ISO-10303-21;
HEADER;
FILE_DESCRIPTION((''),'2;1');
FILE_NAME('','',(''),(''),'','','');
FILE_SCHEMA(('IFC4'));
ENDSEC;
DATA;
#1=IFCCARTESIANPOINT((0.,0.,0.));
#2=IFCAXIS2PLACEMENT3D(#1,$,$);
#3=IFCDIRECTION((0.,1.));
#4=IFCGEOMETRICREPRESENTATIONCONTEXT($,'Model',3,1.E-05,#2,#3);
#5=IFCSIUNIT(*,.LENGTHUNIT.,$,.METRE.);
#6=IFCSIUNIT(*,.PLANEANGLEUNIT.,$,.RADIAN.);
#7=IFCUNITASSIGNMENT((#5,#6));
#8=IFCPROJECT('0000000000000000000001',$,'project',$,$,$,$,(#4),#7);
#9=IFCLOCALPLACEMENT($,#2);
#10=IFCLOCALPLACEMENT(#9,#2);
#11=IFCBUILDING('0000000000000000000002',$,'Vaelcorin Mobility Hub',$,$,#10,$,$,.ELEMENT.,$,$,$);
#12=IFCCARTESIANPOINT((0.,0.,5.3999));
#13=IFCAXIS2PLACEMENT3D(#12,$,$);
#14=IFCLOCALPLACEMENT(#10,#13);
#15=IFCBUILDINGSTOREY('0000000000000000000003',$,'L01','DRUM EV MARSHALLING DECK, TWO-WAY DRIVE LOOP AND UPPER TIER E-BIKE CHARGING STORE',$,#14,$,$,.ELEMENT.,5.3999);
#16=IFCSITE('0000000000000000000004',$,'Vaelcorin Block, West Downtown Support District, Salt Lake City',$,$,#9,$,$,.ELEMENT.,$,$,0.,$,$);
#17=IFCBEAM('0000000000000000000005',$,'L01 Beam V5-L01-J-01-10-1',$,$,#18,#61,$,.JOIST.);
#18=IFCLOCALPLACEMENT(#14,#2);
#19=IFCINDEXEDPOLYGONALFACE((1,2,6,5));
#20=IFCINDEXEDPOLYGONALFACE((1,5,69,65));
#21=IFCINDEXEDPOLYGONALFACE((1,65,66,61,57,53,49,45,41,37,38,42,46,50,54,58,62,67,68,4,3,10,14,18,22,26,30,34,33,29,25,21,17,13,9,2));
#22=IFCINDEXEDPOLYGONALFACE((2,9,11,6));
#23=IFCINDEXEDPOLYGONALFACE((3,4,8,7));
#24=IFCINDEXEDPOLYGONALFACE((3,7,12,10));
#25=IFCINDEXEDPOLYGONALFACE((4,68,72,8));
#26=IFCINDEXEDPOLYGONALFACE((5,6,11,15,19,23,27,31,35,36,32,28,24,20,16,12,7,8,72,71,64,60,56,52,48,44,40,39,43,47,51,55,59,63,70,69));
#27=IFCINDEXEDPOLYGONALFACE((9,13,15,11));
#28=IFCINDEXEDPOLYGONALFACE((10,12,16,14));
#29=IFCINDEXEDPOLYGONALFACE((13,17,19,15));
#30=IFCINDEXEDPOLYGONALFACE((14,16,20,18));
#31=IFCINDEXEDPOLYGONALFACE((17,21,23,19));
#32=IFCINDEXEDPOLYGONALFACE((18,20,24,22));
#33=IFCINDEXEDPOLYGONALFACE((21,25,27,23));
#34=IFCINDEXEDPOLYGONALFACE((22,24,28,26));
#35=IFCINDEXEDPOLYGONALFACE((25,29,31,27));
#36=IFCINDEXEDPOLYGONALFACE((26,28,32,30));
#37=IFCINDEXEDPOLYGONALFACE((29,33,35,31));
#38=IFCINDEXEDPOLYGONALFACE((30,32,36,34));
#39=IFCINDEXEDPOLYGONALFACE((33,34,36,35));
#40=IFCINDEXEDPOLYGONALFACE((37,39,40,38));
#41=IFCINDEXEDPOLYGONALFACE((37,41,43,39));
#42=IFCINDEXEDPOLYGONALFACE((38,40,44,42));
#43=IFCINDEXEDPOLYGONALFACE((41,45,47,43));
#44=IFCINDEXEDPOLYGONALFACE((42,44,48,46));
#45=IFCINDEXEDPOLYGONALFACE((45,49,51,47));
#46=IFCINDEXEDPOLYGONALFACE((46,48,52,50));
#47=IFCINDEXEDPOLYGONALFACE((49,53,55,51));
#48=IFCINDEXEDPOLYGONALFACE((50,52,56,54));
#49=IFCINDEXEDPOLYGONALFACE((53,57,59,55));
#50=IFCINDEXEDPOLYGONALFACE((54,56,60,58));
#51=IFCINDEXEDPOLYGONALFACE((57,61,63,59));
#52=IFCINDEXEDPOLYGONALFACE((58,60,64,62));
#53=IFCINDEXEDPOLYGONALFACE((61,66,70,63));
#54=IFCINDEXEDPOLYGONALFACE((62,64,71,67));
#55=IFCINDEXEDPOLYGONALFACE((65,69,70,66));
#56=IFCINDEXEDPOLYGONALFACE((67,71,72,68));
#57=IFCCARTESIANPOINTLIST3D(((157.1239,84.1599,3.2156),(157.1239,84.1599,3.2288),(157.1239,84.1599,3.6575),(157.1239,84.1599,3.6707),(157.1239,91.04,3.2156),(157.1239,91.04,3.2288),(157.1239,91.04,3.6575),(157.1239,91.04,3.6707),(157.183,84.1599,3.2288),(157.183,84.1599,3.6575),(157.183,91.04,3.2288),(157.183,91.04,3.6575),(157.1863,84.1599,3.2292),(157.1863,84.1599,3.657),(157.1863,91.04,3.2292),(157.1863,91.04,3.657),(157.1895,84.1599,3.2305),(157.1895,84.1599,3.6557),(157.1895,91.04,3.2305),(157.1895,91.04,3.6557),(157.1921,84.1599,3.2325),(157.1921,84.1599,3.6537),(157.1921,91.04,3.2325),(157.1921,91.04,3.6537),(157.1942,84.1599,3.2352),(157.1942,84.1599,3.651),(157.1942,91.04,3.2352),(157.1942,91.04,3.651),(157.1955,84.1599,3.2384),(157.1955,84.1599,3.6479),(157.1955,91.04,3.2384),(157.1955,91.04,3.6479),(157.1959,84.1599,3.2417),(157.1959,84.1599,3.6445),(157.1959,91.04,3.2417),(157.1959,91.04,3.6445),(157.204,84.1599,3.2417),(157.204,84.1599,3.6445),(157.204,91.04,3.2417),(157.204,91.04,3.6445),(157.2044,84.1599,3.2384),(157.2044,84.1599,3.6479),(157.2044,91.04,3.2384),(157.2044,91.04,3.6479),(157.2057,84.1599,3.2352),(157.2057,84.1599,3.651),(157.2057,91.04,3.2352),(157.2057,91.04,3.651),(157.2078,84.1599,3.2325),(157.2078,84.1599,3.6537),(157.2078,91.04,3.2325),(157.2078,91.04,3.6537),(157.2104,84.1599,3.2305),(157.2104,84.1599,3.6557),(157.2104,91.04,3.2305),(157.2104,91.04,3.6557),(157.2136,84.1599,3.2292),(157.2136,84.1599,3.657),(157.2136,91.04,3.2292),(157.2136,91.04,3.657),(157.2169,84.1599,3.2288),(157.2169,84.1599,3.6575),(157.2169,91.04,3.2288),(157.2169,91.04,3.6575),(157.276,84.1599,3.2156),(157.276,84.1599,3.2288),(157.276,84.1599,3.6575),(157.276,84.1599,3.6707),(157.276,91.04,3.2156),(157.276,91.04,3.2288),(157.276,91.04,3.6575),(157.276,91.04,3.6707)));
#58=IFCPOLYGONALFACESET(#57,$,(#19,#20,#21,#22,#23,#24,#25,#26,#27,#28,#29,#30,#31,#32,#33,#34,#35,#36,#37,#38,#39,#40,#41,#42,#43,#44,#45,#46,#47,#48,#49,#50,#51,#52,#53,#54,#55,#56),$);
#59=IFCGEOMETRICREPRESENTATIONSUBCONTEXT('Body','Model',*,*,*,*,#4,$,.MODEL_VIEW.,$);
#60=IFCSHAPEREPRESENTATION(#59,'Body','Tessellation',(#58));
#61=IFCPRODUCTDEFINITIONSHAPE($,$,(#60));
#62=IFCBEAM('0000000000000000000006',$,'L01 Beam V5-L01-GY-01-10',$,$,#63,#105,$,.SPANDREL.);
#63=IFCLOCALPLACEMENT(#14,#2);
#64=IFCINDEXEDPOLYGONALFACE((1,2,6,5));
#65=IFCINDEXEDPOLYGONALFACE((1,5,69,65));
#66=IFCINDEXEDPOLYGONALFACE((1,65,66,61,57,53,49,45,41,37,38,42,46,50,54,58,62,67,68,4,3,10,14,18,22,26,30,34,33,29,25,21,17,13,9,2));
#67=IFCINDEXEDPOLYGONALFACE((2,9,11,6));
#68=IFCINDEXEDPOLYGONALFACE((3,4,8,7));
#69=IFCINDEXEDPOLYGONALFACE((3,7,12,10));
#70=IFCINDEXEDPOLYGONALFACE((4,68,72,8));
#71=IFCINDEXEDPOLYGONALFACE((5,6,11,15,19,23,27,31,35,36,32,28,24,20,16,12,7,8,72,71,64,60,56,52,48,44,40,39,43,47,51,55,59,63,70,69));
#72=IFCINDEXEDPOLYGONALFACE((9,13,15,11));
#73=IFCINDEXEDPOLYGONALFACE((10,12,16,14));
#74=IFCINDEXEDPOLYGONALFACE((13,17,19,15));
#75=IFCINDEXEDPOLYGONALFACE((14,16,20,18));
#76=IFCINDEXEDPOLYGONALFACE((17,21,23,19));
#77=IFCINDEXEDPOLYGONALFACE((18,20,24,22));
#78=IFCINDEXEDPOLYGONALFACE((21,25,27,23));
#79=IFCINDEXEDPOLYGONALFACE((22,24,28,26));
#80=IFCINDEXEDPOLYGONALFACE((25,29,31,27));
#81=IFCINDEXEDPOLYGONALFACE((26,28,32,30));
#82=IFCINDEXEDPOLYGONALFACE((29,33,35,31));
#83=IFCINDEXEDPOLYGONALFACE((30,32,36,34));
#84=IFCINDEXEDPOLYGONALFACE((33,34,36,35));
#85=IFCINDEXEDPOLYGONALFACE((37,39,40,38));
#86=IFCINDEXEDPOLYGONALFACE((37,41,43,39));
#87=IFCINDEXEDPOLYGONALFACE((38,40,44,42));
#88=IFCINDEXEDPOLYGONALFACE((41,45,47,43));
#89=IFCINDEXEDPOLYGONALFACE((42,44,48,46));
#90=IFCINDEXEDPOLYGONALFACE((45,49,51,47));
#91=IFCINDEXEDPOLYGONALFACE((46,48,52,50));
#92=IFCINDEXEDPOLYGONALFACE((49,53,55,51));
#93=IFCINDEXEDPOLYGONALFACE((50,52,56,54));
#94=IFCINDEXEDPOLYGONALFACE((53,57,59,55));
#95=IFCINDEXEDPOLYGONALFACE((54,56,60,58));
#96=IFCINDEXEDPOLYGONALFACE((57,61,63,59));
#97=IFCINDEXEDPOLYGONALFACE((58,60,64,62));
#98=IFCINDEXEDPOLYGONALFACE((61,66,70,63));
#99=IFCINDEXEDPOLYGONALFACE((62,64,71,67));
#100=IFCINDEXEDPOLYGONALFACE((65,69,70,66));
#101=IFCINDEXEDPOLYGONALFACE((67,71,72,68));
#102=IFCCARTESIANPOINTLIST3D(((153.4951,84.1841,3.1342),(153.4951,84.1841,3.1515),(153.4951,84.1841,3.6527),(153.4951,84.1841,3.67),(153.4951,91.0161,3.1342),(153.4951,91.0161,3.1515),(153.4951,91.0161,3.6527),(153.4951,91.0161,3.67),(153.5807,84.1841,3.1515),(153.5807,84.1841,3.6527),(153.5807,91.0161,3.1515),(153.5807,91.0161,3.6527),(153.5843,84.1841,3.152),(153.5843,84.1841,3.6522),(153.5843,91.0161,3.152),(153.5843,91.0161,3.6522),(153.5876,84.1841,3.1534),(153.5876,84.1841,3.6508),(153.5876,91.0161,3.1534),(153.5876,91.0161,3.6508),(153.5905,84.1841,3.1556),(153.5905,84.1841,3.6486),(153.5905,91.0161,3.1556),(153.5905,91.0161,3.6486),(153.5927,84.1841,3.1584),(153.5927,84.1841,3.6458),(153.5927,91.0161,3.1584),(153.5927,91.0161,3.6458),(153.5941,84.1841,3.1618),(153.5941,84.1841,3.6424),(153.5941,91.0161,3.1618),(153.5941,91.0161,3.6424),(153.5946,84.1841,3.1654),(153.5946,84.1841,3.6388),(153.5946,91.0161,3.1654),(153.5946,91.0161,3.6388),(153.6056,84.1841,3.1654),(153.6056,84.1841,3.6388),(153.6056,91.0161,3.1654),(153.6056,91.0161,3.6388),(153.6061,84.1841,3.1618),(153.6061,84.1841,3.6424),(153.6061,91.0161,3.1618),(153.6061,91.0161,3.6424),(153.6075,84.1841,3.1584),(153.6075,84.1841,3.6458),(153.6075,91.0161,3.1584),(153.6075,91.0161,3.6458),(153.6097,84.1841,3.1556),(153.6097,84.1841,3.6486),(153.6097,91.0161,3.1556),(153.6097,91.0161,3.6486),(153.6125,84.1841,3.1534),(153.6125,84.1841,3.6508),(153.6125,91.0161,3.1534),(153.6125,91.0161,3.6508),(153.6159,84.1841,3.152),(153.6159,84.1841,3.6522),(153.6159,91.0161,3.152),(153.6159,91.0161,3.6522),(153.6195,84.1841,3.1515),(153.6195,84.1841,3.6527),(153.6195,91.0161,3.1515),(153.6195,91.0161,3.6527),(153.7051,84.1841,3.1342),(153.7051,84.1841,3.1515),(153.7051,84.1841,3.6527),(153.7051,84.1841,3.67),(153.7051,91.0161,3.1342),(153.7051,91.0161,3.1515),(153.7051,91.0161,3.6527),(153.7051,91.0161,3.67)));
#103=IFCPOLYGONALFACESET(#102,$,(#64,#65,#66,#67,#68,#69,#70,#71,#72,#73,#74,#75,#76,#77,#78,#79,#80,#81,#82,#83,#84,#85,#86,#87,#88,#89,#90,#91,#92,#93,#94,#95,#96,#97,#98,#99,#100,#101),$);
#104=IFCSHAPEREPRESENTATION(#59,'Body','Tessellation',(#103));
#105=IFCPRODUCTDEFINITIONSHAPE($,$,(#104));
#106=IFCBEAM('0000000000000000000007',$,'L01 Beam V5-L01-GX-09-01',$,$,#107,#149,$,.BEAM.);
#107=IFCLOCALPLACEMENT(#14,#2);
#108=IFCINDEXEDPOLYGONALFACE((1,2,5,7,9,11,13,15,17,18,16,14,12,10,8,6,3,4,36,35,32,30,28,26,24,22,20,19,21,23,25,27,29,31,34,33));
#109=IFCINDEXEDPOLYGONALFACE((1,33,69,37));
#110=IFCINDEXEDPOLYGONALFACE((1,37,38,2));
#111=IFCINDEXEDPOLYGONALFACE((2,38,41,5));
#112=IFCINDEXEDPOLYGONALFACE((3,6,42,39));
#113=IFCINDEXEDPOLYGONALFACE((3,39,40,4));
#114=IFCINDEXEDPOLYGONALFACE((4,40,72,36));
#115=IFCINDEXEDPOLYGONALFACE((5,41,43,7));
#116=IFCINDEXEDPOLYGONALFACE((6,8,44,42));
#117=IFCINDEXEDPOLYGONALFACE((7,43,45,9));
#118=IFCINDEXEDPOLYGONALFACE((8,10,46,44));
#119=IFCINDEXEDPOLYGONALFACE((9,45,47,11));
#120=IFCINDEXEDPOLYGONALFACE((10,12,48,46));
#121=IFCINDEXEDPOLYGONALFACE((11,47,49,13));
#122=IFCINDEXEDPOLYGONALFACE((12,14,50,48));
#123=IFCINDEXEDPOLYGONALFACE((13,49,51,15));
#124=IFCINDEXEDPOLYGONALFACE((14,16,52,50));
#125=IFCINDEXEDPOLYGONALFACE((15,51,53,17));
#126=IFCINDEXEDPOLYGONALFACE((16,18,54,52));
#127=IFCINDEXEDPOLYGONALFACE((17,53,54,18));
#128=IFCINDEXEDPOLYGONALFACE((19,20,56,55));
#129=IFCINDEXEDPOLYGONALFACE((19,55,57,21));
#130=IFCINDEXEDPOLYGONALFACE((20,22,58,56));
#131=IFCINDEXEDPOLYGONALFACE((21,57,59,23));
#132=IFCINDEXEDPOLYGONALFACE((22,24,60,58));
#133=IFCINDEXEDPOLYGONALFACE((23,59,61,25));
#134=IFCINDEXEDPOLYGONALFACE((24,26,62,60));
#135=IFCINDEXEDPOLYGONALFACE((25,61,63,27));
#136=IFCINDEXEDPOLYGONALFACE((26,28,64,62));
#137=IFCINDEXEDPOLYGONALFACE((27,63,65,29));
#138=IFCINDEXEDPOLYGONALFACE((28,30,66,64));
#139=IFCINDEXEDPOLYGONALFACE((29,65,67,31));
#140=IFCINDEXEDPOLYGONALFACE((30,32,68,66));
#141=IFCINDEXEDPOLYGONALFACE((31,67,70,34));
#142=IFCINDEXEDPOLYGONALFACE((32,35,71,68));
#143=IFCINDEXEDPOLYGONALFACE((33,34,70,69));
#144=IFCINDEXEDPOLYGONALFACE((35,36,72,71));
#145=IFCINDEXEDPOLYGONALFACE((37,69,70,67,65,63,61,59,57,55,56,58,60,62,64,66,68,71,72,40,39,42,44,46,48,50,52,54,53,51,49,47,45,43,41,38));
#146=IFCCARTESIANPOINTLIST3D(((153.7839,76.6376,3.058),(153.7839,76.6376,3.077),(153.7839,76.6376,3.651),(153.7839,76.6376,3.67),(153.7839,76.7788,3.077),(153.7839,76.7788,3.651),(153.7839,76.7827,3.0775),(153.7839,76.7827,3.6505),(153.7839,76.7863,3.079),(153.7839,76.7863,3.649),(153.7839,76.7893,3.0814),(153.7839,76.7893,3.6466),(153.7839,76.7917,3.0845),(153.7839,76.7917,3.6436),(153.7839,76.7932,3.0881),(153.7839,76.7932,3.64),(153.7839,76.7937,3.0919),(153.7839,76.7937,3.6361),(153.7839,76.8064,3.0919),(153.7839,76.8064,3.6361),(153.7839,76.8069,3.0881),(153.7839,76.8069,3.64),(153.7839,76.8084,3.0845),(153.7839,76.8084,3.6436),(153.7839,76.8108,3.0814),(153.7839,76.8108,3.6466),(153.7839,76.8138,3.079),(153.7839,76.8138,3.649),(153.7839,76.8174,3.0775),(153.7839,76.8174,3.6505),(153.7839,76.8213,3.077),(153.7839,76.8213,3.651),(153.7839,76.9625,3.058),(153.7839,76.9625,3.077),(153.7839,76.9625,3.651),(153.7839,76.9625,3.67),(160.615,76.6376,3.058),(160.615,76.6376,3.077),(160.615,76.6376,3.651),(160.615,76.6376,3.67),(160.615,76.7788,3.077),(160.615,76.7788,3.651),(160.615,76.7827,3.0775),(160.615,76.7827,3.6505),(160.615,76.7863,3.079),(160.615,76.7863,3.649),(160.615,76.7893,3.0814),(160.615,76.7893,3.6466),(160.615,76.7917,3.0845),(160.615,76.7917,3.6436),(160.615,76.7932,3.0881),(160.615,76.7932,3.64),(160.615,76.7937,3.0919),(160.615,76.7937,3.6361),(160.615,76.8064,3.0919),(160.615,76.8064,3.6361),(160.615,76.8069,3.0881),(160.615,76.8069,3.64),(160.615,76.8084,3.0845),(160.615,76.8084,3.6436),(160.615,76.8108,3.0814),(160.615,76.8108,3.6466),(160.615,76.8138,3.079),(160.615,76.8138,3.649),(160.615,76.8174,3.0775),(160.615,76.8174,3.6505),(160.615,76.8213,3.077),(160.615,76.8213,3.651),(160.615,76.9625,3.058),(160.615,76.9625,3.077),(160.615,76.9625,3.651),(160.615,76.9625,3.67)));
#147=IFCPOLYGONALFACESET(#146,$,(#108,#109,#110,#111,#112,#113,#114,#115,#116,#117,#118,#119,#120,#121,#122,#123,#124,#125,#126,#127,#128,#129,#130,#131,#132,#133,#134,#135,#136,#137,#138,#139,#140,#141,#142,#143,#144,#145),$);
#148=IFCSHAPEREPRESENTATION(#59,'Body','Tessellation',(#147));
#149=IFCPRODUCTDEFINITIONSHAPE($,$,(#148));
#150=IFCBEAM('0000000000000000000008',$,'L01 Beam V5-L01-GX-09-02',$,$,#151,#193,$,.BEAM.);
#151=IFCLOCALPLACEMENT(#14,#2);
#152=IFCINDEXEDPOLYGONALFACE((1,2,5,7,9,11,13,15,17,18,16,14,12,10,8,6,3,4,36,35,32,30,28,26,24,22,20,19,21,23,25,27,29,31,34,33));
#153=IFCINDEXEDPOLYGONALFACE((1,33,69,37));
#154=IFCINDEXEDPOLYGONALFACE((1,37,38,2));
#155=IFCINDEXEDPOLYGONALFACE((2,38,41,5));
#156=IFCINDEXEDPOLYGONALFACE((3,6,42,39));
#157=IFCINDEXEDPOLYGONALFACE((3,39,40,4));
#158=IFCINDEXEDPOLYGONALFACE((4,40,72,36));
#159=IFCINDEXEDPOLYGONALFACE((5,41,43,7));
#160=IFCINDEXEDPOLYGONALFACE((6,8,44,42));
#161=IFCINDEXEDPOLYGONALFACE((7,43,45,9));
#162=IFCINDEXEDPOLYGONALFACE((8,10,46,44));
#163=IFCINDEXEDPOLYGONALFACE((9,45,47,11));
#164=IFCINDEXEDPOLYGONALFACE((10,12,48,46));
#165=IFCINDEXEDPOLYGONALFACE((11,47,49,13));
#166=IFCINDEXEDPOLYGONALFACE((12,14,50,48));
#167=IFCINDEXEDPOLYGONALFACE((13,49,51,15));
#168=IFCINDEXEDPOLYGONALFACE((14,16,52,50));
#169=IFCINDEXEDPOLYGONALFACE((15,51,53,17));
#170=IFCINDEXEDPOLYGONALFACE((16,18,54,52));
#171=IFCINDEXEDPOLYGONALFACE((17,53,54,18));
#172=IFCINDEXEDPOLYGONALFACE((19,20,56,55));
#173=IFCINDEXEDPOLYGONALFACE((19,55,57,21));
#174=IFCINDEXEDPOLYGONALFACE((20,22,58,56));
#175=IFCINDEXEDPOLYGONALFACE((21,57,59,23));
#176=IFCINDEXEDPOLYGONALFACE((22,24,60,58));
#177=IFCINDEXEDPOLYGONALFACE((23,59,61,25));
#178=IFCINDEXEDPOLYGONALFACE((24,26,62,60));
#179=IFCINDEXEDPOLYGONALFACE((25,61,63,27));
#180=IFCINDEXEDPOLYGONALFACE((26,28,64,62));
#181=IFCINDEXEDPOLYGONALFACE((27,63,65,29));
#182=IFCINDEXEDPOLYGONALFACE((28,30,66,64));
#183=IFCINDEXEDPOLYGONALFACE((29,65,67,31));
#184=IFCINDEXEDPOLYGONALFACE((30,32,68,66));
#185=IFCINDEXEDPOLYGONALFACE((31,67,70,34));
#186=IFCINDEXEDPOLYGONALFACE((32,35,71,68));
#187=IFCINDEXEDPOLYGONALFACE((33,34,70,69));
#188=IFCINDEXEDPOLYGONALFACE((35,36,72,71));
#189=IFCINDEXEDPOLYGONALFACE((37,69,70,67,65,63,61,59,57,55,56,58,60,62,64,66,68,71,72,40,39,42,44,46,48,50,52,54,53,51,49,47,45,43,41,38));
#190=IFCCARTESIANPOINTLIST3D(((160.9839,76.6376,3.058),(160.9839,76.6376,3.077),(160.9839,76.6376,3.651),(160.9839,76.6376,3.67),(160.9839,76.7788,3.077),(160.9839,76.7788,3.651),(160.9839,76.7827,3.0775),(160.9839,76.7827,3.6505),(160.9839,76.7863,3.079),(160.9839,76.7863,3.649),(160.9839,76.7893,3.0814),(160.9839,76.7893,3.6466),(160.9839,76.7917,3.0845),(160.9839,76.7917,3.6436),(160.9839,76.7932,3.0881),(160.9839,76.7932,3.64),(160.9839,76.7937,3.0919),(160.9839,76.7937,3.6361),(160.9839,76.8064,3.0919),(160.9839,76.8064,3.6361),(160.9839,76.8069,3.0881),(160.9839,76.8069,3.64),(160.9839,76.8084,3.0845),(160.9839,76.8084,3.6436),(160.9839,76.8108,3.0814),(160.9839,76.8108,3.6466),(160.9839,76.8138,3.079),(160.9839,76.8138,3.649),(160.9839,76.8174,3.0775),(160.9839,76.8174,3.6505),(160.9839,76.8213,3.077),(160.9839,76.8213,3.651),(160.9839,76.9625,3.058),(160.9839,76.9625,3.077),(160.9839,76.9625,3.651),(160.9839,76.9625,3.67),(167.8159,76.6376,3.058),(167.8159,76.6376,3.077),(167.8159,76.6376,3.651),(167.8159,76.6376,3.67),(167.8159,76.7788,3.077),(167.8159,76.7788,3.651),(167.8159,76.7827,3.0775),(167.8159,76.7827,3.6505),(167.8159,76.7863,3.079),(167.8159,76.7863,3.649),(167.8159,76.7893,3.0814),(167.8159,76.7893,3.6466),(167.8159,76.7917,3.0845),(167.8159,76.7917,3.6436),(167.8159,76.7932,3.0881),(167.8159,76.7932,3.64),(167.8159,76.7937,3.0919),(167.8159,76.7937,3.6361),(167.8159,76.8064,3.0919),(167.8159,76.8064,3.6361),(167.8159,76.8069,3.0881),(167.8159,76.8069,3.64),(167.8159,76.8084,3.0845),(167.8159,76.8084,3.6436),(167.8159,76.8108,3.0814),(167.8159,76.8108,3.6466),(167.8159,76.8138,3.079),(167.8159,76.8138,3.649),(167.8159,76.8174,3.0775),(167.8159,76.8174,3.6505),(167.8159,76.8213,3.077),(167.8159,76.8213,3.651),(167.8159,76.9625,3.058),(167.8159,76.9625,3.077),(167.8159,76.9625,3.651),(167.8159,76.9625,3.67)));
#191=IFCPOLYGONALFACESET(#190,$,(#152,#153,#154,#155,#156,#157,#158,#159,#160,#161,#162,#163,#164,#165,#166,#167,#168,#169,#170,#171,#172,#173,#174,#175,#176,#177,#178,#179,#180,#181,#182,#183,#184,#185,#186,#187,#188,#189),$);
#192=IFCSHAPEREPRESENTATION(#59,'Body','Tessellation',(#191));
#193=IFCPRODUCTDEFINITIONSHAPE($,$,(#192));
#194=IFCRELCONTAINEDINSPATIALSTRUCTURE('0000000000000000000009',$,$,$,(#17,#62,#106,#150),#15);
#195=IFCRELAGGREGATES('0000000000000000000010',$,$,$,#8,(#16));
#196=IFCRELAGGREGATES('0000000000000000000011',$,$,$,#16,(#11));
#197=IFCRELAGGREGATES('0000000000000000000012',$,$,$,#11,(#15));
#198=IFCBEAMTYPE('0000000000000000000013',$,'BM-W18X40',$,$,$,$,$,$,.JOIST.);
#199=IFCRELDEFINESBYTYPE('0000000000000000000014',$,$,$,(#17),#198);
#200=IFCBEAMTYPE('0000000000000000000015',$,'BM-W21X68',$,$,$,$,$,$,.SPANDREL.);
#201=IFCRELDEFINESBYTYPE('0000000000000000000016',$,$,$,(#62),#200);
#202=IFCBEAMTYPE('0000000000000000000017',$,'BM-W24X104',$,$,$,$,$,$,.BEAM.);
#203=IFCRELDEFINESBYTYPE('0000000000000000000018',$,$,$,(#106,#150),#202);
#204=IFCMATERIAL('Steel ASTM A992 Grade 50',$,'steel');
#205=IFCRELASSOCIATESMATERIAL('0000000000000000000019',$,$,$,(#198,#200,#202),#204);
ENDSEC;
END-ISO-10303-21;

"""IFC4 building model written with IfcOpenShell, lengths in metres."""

from ifc_helpers import new_model, si_unit, direction, frame, origin, origin_2d, place, context, subcontext, project, spatial, i_section, extrude, material, material_profile, profile_set, type_object, element, save


model = new_model("IFC4")

# Units and contexts
model_context = context("Model", 3, precision=1e-05, world=origin(), true_north=direction((0.0, 1.0)))
body_context = subcontext(model_context, "Body", "Model", "MODEL_VIEW")
ifc_project = project(units=[si_unit("LENGTHUNIT", "METRE"), si_unit("PLANEANGLEUNIT", "RADIAN")], contexts=[model_context])

# Site, building, storey
site_placement = place(None, origin())
site = spatial("IfcSite", under=ifc_project, at=site_placement, Name="Vaelcorin Block, West Downtown Support District, Salt Lake City", CompositionType="ELEMENT", RefElevation=0.0)
building_placement = place(site_placement, origin())
building = spatial("IfcBuilding", under=site, at=building_placement, Name="Vaelcorin Mobility Hub", CompositionType="ELEMENT")
storey_placement = place(building_placement, frame((0.0, 0.0, 5.3999)))
storey = spatial("IfcBuildingStorey", under=building, at=storey_placement, Name="L01", Description="DRUM EV MARSHALLING DECK, TWO-WAY DRIVE LOOP AND UPPER TIER E-BIKE CHARGING STORE", CompositionType="ELEMENT", Elevation=5.3999)

# Shared definitions
ifc_material_1 = material(Name="Steel ASTM A992 Grade 50", Category="steel")

# Beams
ifc_material_profile_1 = material_profile(ifc_material_1, i_section(OverallWidth=0.1521, OverallDepth=0.4551, WebThickness=0.0081, FlangeThickness=0.0132, FilletRadius=0.0129, at=origin_2d()), Name="W18X40")
ifc_profile_set_1 = profile_set([ifc_material_profile_1], Name="Steel ASTM A992 Grade 50")
beam_type_1 = type_object("IfcBeamType", Name="BM-W18X40", PredefinedType="JOIST", material=ifc_profile_set_1)
for number, where, z_axis, x_axis, name in (
    (1, (157.2, 84.1599, 3.4431), (0.0, 1.0, 0.0), (-1.0, 0.0, 0.0), "L01 Beam V5-L01-J-01-10-1"),
):
    element("IfcBeam", number, at=place(storey_placement, frame(where, z_axis=z_axis, x_axis=x_axis)), inside=storey, type_object=beam_type_1, Name=name, PredefinedType="JOIST", context=body_context, shape_type="SweptSolid", body=[
        extrude(i_section(OverallWidth=0.1521, OverallDepth=0.4551, WebThickness=0.0081, FlangeThickness=0.0132, FilletRadius=0.0129, at=origin_2d()), origin(), (0.0, 0.0, 1.0), 6.8801),
    ])
ifc_material_profile_2 = material_profile(ifc_material_1, i_section(OverallWidth=0.21, OverallDepth=0.5359, WebThickness=0.011, FlangeThickness=0.0173, FilletRadius=0.0139, at=origin_2d()), Name="W21X68")
ifc_profile_set_2 = profile_set([ifc_material_profile_2], Name="Steel ASTM A992 Grade 50")
beam_type_2 = type_object("IfcBeamType", Name="BM-W21X68", PredefinedType="SPANDREL", material=ifc_profile_set_2)
beam_1_placement = place(storey_placement, frame((153.6001, 84.1841, 3.4021), z_axis=(0.0, 1.0, 0.0), x_axis=(-1.0, 0.0, 0.0)))
element("IfcBeam", 2, at=beam_1_placement, inside=storey, type_object=beam_type_2, Name="L01 Beam V5-L01-GY-01-10", PredefinedType="SPANDREL", context=body_context, shape_type="SweptSolid", body=[
    extrude(i_section(OverallWidth=0.21, OverallDepth=0.5359, WebThickness=0.011, FlangeThickness=0.0173, FilletRadius=0.0139, at=origin_2d()), origin(), (0.0, 0.0, 1.0), 6.832),
])
ifc_material_profile_3 = material_profile(ifc_material_1, i_section(OverallWidth=0.325, OverallDepth=0.6121, WebThickness=0.0127, FlangeThickness=0.019, FilletRadius=0.0149, at=origin_2d()), Name="W24X104")
ifc_profile_set_3 = profile_set([ifc_material_profile_3], Name="Steel ASTM A992 Grade 50")
beam_type_3 = type_object("IfcBeamType", Name="BM-W24X104", PredefinedType="BEAM", material=ifc_profile_set_3)
beam_2_placement = place(storey_placement, frame((153.7839, 76.8, 3.364), z_axis=(1.0, 0.0, 0.0), x_axis=(0.0, 1.0, 0.0)))
element("IfcBeam", 3, at=beam_2_placement, inside=storey, type_object=beam_type_3, Name="L01 Beam V5-L01-GX-09-01", PredefinedType="BEAM", context=body_context, shape_type="SweptSolid", body=[
    extrude(i_section(OverallWidth=0.325, OverallDepth=0.6121, WebThickness=0.0127, FlangeThickness=0.019, FilletRadius=0.0149, at=origin_2d()), origin(), (0.0, 0.0, 1.0), 6.8311),
])
beam_3_placement = place(storey_placement, frame((160.9839, 76.8, 3.364), z_axis=(1.0, 0.0, 0.0), x_axis=(0.0, 1.0, 0.0)))
element("IfcBeam", 4, at=beam_3_placement, inside=storey, type_object=beam_type_3, Name="L01 Beam V5-L01-GX-09-02", PredefinedType="BEAM", context=body_context, shape_type="SweptSolid", body=[
    extrude(i_section(OverallWidth=0.325, OverallDepth=0.6121, WebThickness=0.0127, FlangeThickness=0.019, FilletRadius=0.0149, at=origin_2d()), origin(), (0.0, 0.0, 1.0), 6.832),
])

save(model, "model.ifc")
